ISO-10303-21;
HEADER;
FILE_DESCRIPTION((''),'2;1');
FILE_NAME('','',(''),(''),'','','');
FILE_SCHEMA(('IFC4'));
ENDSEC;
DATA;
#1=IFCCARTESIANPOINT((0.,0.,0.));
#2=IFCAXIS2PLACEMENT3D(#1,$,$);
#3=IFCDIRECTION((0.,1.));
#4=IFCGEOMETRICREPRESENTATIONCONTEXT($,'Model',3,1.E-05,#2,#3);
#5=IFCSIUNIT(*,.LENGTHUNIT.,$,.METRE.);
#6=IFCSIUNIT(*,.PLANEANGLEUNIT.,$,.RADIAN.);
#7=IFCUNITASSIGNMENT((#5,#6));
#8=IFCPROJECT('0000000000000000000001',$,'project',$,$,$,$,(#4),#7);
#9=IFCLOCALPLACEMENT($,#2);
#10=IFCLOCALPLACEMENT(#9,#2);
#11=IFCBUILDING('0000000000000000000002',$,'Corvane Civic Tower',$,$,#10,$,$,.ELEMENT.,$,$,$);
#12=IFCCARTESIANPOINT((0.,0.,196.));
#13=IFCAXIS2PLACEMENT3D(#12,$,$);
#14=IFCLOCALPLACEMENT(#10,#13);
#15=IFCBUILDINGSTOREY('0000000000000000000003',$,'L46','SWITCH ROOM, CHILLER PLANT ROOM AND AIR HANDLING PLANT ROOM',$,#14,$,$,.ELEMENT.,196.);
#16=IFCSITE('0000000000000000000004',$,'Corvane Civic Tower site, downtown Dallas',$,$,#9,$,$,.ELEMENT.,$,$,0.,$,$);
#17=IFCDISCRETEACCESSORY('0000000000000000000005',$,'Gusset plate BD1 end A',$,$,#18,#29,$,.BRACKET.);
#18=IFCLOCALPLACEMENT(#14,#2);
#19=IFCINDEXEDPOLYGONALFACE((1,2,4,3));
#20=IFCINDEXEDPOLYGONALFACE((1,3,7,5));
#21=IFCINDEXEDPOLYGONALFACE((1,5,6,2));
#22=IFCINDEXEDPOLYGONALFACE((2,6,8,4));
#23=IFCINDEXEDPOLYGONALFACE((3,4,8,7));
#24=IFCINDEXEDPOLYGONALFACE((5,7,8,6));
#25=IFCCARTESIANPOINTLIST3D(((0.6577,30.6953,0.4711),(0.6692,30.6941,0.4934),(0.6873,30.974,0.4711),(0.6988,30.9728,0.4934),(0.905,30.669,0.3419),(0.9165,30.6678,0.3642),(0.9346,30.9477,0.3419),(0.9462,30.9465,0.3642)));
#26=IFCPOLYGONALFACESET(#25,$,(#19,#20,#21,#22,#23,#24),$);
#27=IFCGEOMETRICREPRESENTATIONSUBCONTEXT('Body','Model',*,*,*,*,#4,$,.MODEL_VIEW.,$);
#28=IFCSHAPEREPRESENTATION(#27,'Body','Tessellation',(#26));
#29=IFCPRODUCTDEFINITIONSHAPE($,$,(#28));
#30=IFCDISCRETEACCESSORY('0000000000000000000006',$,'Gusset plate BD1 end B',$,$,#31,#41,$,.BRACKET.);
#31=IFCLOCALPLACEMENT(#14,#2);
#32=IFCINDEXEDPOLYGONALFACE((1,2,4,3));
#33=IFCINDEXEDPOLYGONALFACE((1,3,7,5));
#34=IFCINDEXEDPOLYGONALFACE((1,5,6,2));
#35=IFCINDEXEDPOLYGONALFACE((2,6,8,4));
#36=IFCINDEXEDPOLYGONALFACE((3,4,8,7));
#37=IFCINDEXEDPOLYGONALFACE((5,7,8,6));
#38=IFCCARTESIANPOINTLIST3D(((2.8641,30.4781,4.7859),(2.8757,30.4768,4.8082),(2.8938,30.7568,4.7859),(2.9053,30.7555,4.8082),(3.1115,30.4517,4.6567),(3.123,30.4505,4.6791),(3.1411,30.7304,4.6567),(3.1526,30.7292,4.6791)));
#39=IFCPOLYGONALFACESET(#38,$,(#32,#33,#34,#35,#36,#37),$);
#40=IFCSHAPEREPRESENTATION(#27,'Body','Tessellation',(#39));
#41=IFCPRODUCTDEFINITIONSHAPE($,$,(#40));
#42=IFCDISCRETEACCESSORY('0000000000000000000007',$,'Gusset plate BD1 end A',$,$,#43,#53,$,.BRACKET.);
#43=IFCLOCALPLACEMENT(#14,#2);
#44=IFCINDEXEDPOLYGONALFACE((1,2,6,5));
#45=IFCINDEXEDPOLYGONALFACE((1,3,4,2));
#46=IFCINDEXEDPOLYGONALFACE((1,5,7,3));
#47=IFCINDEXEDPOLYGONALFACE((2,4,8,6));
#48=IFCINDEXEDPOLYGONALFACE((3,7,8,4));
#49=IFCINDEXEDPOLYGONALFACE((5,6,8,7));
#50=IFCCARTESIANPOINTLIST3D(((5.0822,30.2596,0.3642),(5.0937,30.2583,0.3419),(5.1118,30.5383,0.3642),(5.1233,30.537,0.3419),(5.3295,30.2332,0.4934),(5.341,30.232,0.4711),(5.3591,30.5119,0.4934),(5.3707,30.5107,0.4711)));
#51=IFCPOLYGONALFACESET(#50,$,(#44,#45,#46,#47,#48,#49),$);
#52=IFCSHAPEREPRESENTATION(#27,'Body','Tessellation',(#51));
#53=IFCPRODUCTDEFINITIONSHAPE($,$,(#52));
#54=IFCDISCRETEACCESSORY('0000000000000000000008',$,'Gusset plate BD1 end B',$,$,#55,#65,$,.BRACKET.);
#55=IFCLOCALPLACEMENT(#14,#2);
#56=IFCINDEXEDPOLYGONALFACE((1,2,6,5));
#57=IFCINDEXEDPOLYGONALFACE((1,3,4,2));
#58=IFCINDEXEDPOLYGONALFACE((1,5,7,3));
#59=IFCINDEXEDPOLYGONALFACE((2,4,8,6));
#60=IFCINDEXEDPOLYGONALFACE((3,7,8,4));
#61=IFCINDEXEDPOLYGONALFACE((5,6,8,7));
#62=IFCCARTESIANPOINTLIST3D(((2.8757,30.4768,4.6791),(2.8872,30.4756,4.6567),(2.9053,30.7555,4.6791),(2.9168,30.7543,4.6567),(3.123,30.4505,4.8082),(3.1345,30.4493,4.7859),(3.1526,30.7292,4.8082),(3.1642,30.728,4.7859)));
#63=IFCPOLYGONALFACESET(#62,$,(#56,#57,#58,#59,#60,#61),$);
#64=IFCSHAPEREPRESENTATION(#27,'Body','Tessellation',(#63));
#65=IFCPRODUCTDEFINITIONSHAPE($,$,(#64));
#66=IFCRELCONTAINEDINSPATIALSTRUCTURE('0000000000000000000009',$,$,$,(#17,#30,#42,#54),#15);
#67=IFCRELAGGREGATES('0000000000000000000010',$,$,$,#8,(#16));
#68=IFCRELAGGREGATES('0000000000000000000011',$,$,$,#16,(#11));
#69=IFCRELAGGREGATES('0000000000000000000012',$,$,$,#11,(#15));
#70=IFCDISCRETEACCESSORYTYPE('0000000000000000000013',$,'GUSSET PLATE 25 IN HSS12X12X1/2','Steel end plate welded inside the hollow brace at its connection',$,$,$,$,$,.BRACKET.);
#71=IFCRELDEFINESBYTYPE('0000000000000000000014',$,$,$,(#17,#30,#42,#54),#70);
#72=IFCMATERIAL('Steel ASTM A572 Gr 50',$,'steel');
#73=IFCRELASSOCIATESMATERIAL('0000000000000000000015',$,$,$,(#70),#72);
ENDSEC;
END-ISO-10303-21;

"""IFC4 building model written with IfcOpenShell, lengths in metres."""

from ifc_helpers import new_model, si_unit, direction, frame, origin, origin_2d, place, context, subcontext, project, spatial, rectangle, extrude, material, material_profile, profile_set, type_object, element, save


model = new_model("IFC4")

# Units and contexts
model_context = context("Model", 3, precision=1e-05, world=origin(), true_north=direction((0.0, 1.0)))
body_context = subcontext(model_context, "Body", "Model", "MODEL_VIEW")
ifc_project = project(units=[si_unit("LENGTHUNIT", "METRE"), si_unit("PLANEANGLEUNIT", "RADIAN")], contexts=[model_context])

# Site, building, storey
site_placement = place(None, origin())
site = spatial("IfcSite", under=ifc_project, at=site_placement, Name="Corvane Civic Tower site, downtown Dallas", CompositionType="ELEMENT", RefElevation=0.0)
building_placement = place(site_placement, origin())
building = spatial("IfcBuilding", under=site, at=building_placement, Name="Corvane Civic Tower", CompositionType="ELEMENT")
storey_placement = place(building_placement, frame((0.0, 0.0, 196.0)))
storey = spatial("IfcBuildingStorey", under=building, at=storey_placement, Name="L46", Description="SWITCH ROOM, CHILLER PLANT ROOM AND AIR HANDLING PLANT ROOM", CompositionType="ELEMENT", Elevation=196.0)

# Discrete accessories
ifc_material_1 = material(Name="Steel ASTM A572 Gr 50", Category="steel")
ifc_material_profile_1 = material_profile(ifc_material_1, rectangle(XDim=0.2803, YDim=0.2803, at=origin_2d()), Name="GUSSET PLATE 25 IN HSS12X12X1/2")
ifc_profile_set_1 = profile_set([ifc_material_profile_1], Name="Steel ASTM A572 Gr 50")
discrete_accessory_type = type_object("IfcDiscreteAccessoryType", Name="GUSSET PLATE 25 IN HSS12X12X1/2", Description="Steel end plate welded inside the hollow brace at its connection", PredefinedType="BRACKET", material=ifc_profile_set_1)
for number, where, z_axis, x_axis, name in (
    (1, (0.7961, 30.8215, 0.4065), (0.458346, -0.04876, 0.887435), (0.105786, 0.994389, 0.0), "Gusset plate BD1 end A"),
    (2, (3.0142, 30.603, 4.7437), (-0.458346, 0.04876, -0.887435), (-0.105786, -0.994389, 0.0), "Gusset plate BD1 end B"),
    (3, (5.2322, 30.3845, 0.4065), (-0.458346, 0.04876, 0.887435), (-0.105786, -0.994389, 0.0), "Gusset plate BD1 end A"),
    (4, (3.0142, 30.603, 4.7437), (0.458346, -0.04876, -0.887435), (0.105786, 0.994389, 0.0), "Gusset plate BD1 end B"),
):
    element("IfcDiscreteAccessory", number, at=place(storey_placement, frame(where, z_axis=z_axis, x_axis=x_axis)), inside=storey, type_object=discrete_accessory_type, Name=name, PredefinedType="BRACKET", context=body_context, shape_type="SweptSolid", body=[
        extrude(rectangle(XDim=0.2803, YDim=0.2803, at=origin_2d()), origin(), (0.0, 0.0, 1.0), 0.0251),
    ])

save(model, "model.ifc")
